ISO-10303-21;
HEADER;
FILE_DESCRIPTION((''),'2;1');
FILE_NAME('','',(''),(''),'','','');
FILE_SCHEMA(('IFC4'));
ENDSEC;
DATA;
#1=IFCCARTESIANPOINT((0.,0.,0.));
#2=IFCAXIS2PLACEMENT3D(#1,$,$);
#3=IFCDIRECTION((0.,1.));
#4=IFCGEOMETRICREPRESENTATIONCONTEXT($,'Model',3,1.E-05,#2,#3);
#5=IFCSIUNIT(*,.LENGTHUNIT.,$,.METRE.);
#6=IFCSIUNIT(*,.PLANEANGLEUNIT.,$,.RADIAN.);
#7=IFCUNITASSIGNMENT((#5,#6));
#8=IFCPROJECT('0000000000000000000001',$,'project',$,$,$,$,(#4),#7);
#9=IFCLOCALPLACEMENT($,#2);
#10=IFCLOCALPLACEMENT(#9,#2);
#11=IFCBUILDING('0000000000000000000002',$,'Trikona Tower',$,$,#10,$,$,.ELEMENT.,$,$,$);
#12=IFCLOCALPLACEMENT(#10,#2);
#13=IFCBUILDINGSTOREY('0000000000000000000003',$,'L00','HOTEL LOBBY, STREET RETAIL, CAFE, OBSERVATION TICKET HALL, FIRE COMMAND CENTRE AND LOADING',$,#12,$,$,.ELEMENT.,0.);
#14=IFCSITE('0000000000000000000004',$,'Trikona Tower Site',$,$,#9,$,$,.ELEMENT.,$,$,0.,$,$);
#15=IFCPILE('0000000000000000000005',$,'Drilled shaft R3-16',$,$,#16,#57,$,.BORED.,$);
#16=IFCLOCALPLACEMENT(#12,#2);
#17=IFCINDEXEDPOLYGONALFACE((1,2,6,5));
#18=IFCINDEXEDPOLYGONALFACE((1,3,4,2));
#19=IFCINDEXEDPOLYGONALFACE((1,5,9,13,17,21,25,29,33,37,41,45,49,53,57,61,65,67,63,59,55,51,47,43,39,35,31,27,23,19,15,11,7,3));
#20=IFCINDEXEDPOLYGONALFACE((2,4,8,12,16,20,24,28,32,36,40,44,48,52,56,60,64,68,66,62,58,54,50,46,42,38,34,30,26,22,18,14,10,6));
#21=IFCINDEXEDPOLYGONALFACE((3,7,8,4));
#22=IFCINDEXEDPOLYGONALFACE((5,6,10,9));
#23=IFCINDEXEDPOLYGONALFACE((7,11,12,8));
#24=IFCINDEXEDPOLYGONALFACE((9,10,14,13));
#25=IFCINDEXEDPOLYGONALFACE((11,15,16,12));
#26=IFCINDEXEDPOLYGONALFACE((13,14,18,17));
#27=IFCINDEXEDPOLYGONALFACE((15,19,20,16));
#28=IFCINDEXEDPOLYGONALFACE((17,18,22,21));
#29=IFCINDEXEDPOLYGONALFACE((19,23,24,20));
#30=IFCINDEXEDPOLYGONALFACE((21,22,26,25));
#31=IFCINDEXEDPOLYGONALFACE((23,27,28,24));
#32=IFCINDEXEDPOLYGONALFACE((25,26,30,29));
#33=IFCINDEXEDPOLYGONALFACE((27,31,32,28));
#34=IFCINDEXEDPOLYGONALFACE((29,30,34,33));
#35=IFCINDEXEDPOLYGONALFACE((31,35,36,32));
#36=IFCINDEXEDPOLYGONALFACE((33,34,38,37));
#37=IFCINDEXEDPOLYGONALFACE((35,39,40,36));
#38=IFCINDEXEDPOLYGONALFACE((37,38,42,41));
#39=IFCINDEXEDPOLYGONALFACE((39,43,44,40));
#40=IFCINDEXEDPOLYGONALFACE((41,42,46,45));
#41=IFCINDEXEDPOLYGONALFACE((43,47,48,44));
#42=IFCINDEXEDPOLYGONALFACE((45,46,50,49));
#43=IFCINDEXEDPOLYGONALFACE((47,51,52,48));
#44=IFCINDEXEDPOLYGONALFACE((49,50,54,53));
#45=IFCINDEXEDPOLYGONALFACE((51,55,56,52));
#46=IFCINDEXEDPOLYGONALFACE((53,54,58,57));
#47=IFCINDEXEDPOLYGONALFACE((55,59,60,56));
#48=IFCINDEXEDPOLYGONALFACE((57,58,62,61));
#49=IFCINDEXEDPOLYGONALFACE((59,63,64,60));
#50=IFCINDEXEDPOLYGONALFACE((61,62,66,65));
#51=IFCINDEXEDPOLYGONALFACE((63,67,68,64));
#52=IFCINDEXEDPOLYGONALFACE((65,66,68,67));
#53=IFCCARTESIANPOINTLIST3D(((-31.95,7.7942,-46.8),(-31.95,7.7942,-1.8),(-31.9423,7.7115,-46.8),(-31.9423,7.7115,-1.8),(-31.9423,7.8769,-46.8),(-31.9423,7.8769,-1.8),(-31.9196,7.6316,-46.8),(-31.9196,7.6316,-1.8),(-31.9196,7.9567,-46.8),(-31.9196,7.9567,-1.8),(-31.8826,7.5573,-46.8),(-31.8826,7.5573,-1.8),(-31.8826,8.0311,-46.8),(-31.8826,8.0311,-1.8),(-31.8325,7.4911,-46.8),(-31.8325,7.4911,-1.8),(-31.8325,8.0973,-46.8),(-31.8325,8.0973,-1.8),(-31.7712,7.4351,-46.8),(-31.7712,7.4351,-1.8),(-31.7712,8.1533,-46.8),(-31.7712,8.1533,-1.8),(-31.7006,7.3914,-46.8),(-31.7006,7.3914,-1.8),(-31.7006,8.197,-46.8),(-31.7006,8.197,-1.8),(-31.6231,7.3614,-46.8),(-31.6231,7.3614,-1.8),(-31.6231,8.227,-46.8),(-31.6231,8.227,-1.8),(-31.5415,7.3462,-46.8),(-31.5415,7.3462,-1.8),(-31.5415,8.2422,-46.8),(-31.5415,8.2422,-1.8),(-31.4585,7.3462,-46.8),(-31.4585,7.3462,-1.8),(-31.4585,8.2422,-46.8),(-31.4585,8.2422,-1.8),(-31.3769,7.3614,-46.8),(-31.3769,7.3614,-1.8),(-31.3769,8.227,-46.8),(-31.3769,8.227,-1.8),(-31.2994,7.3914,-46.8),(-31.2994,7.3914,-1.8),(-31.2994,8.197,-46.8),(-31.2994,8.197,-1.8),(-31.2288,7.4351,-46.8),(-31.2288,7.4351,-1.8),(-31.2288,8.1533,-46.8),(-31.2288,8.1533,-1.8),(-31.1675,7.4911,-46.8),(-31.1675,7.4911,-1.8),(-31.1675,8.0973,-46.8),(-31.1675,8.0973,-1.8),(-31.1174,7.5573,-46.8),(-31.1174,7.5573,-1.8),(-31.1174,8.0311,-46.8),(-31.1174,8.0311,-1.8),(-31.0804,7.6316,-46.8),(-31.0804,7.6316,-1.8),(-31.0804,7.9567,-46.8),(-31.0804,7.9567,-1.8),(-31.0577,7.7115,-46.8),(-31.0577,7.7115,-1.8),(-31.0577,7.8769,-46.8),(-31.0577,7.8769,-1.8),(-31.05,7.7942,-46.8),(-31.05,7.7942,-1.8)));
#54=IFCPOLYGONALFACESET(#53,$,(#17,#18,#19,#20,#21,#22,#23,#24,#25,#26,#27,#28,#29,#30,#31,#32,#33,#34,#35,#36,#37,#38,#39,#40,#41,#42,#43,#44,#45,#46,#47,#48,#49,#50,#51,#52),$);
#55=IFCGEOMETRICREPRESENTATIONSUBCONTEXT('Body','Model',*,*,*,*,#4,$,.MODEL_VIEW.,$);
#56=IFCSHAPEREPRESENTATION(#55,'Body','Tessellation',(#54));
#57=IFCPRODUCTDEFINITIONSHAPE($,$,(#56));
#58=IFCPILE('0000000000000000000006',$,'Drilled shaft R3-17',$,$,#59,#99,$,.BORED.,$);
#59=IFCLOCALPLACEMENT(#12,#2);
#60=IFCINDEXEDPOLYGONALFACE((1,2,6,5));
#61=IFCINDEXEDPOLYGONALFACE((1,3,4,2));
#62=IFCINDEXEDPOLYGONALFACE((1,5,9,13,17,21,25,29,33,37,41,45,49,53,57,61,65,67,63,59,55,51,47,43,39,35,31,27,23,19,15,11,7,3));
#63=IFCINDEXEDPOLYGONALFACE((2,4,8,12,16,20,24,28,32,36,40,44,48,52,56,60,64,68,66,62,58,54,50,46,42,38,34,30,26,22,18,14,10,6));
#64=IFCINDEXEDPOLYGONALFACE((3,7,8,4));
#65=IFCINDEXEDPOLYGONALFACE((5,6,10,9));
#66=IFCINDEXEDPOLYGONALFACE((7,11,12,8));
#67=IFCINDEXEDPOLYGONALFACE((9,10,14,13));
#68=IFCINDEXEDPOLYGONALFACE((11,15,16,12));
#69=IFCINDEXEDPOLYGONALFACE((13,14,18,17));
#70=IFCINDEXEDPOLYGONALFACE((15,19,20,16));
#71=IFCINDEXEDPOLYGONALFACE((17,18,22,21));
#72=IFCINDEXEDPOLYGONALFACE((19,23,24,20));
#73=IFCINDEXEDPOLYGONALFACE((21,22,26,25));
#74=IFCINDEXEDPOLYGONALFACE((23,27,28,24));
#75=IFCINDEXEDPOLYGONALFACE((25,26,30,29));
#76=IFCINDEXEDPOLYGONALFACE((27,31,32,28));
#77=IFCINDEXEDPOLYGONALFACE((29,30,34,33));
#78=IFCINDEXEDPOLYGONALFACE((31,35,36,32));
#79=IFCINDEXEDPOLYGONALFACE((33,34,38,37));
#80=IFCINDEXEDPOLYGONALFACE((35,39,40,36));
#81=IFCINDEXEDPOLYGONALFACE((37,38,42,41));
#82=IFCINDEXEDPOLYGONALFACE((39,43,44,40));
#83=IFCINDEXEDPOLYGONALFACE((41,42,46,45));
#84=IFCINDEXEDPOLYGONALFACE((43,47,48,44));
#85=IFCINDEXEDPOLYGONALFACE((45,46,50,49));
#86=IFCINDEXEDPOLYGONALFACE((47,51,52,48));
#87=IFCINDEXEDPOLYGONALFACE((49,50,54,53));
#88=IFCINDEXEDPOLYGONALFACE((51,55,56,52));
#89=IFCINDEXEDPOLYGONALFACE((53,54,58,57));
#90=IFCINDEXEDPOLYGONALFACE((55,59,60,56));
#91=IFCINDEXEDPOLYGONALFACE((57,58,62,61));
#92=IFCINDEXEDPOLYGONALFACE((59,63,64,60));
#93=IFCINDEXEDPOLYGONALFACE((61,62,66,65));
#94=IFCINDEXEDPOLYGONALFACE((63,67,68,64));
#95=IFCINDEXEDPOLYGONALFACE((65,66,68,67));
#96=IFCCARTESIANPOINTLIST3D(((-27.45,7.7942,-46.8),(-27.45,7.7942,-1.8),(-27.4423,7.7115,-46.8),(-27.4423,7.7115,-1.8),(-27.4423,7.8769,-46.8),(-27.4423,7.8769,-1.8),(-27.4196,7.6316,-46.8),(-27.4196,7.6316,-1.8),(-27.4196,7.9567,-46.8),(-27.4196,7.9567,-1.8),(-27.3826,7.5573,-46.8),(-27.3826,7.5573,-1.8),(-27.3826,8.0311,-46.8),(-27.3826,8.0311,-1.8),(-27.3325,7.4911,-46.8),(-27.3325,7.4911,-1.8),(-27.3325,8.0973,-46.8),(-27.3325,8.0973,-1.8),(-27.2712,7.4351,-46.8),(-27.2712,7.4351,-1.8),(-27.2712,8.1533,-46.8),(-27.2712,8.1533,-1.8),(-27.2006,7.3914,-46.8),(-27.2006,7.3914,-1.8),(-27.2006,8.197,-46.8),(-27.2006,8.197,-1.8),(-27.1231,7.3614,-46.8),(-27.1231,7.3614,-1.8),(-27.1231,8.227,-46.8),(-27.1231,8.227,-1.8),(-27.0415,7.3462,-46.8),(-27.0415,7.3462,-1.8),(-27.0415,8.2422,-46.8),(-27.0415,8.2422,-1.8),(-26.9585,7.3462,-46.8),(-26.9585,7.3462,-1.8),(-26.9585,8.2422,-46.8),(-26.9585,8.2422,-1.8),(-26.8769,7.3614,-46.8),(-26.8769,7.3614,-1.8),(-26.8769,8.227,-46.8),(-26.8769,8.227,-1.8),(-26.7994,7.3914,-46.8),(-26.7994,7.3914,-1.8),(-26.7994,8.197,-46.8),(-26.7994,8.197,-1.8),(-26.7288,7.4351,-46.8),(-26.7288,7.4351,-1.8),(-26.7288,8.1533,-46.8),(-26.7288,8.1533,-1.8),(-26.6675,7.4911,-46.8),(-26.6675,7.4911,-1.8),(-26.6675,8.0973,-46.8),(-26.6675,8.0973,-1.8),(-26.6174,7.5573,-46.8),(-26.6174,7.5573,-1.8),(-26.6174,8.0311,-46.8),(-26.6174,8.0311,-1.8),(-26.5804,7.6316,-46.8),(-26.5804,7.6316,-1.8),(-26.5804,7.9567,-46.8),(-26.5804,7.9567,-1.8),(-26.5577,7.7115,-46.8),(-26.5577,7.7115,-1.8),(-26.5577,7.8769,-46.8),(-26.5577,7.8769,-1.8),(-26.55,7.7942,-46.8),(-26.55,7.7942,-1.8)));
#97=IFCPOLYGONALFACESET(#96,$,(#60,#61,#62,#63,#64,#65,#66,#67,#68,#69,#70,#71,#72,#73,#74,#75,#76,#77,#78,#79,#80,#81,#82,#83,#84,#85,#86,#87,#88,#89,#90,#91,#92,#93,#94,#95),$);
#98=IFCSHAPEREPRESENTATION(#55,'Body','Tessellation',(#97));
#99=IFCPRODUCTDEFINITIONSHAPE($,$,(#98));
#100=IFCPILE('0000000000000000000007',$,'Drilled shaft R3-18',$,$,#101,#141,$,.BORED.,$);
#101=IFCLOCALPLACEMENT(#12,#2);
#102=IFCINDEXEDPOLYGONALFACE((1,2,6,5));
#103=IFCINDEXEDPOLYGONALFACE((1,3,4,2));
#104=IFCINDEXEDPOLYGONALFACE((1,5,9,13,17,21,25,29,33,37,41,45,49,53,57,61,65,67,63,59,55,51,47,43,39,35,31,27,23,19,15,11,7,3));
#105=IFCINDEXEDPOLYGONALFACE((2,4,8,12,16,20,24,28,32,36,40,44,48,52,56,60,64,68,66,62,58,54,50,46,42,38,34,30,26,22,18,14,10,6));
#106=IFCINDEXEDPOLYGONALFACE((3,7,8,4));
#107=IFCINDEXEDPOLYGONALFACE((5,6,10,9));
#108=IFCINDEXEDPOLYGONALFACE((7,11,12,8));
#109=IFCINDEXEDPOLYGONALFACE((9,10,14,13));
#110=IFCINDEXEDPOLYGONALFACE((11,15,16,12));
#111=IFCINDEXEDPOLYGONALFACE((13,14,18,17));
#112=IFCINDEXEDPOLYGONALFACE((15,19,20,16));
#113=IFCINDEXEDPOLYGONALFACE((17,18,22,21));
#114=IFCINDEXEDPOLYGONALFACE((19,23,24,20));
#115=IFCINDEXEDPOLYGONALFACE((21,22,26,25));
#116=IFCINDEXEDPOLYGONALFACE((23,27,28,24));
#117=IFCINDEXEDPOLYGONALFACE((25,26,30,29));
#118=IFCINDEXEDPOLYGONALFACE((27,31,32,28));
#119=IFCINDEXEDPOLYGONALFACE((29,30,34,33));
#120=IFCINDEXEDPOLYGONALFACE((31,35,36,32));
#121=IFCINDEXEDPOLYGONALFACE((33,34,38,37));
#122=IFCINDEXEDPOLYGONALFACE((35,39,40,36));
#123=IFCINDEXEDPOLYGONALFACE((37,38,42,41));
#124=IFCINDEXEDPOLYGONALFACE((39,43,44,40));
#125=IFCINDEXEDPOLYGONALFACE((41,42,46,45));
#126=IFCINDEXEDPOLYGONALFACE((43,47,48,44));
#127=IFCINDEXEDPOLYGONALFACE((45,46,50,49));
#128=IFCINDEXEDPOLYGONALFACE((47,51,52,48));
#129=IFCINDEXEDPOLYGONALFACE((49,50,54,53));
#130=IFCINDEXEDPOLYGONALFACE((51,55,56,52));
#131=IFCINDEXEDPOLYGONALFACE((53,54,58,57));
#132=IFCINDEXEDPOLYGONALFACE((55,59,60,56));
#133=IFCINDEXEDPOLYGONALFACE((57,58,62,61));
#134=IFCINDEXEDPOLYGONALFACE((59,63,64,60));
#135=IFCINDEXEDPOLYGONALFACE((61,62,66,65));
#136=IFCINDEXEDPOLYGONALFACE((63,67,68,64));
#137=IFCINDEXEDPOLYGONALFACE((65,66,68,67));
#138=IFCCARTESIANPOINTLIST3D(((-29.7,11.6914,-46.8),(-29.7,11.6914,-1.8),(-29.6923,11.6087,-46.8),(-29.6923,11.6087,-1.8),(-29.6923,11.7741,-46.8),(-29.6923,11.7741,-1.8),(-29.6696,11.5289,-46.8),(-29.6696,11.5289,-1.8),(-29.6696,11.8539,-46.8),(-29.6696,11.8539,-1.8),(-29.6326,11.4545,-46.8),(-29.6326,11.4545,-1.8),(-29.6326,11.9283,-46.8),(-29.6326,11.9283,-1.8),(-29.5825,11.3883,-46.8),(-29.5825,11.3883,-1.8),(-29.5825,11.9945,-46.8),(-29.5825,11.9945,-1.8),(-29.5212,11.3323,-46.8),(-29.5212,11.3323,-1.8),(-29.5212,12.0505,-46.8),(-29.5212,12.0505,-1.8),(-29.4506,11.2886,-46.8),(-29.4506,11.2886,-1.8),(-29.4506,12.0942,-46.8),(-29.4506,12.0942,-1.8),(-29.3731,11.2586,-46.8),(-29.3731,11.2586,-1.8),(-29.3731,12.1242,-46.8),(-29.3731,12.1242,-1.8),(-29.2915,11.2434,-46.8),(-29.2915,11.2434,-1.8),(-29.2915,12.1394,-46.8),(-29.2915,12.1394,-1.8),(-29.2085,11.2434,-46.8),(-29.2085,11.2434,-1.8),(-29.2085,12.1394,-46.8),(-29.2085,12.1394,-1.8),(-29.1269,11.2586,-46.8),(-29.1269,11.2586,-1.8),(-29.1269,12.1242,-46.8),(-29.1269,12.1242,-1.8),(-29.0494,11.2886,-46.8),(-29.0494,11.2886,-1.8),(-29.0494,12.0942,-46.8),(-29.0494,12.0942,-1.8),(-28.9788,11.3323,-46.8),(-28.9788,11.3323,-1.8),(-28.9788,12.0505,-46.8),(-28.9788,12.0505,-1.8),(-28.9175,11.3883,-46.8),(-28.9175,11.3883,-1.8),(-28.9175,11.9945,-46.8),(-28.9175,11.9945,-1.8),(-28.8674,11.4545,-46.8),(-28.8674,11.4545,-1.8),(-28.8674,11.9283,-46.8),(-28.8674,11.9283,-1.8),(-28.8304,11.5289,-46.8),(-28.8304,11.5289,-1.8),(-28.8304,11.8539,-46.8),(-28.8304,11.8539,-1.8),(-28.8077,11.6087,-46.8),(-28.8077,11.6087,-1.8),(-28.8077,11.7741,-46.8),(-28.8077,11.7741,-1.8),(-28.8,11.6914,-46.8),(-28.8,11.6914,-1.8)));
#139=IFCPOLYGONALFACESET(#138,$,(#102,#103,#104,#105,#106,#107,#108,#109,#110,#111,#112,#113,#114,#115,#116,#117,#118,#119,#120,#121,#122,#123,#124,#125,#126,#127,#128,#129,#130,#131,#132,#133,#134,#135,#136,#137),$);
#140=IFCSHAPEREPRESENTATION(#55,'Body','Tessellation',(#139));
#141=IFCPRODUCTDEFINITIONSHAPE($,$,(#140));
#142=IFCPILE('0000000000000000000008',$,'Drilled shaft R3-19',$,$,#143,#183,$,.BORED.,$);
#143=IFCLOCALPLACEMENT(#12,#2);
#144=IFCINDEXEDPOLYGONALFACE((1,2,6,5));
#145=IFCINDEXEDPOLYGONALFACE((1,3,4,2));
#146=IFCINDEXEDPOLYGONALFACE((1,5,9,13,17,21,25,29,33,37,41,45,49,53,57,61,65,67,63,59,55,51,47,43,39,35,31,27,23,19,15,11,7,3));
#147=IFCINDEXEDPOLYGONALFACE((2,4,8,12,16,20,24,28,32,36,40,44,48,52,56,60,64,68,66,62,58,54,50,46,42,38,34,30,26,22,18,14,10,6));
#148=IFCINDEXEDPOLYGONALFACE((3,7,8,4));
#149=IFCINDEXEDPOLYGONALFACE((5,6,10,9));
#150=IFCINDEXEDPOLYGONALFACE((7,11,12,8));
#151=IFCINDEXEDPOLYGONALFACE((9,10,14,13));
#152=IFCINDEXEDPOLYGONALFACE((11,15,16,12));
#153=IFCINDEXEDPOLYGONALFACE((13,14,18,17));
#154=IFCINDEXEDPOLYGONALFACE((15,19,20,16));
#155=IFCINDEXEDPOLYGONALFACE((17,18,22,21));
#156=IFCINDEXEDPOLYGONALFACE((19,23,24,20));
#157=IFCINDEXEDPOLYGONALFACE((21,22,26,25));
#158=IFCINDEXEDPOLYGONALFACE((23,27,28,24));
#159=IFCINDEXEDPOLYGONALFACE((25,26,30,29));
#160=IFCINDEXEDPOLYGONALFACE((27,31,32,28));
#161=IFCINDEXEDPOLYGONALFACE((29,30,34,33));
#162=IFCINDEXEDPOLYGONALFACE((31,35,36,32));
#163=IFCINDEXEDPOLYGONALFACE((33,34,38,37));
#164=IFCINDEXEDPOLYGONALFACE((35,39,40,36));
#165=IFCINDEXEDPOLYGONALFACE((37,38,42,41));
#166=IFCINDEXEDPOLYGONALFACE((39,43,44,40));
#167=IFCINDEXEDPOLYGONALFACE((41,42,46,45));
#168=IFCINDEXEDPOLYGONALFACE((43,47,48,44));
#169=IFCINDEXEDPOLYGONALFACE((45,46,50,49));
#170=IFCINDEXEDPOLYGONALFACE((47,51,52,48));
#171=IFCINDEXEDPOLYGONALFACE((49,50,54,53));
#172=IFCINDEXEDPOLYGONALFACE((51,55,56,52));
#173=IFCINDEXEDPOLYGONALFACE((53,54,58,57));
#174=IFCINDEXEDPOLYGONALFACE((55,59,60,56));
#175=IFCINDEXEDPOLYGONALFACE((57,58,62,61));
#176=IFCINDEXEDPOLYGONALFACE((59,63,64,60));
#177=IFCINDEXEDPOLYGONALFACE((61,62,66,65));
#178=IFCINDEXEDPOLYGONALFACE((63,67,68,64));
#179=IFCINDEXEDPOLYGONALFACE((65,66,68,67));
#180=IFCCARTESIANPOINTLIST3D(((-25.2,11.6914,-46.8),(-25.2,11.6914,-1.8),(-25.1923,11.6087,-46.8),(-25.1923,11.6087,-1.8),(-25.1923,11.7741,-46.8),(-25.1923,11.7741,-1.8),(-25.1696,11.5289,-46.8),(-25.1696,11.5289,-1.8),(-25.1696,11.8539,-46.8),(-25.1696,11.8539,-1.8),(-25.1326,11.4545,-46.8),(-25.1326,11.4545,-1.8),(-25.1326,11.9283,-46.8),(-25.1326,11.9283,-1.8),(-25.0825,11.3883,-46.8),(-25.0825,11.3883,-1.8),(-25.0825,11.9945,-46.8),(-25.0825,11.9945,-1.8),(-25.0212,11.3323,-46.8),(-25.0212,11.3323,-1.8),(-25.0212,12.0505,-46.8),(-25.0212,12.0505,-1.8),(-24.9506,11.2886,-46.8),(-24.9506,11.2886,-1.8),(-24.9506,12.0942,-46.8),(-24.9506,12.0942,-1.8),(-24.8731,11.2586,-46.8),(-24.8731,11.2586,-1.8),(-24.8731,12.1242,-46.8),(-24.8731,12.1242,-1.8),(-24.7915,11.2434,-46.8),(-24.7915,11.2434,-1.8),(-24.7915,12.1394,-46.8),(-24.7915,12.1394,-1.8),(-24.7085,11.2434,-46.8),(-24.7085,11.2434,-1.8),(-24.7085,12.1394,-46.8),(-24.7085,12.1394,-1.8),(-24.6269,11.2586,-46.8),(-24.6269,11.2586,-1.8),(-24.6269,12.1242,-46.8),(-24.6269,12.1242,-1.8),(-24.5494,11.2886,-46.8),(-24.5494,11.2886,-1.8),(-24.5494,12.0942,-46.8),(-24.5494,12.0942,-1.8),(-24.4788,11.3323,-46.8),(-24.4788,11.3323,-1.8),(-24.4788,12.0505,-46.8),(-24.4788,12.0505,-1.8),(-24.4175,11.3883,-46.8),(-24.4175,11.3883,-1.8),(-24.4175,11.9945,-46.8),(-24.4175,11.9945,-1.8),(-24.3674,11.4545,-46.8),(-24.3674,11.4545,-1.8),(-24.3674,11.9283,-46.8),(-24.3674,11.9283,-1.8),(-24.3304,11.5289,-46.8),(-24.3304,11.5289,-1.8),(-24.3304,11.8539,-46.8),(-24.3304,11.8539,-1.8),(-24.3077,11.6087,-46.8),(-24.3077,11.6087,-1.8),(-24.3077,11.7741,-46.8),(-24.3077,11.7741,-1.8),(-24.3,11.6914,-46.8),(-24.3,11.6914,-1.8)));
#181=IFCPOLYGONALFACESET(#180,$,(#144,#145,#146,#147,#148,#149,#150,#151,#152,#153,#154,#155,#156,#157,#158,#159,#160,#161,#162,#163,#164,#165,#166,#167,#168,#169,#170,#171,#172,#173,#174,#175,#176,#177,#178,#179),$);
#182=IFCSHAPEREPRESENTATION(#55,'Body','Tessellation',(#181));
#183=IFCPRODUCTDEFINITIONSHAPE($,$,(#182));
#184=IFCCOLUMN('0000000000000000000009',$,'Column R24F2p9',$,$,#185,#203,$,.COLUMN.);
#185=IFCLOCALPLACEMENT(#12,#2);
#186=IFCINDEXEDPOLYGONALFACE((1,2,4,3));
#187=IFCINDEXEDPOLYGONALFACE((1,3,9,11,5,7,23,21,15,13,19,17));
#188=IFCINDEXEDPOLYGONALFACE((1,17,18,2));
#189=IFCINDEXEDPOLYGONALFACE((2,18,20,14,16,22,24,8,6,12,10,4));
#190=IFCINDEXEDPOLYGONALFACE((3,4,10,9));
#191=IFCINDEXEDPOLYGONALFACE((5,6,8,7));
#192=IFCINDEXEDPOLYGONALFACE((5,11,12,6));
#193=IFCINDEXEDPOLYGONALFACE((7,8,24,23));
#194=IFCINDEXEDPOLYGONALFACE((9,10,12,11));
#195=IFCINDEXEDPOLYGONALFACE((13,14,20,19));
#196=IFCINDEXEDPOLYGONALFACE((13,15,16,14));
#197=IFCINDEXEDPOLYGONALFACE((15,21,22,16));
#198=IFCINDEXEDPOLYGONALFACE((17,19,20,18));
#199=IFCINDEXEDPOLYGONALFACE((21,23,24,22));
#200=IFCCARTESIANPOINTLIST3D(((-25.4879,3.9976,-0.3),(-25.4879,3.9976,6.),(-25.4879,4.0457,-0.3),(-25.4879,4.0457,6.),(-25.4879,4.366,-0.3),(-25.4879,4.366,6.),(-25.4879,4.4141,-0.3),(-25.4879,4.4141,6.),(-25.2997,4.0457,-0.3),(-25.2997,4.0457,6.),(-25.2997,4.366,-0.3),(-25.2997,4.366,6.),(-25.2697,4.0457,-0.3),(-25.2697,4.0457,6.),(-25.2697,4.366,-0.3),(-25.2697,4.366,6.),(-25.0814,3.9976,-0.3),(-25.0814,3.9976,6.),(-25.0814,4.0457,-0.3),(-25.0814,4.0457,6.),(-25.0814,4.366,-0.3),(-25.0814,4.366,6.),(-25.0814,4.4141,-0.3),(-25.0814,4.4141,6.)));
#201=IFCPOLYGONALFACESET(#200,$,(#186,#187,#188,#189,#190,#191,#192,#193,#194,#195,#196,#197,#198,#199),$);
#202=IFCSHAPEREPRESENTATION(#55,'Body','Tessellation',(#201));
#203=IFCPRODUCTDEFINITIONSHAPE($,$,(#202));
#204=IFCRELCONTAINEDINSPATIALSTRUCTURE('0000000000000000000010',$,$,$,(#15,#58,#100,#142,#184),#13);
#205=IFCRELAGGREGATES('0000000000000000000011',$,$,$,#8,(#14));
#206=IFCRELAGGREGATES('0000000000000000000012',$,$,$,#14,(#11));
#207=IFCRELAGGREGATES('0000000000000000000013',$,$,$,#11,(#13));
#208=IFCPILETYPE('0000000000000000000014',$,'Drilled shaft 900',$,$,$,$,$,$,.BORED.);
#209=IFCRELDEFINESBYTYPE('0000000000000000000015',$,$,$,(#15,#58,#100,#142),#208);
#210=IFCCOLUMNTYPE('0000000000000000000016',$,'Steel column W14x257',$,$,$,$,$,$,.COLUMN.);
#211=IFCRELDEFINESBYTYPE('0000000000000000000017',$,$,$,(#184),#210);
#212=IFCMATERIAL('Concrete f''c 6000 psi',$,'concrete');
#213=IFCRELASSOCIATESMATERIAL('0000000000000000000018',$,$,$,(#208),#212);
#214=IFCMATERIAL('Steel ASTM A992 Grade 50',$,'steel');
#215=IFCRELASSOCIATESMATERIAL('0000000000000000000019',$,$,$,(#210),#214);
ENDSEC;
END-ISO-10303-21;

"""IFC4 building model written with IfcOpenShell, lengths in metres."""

from ifc_helpers import new_model, si_unit, direction, frame, origin, origin_2d, place, context, subcontext, project, spatial, circle, i_section, extrude, material, material_profile, profile_set, type_object, element, save


model = new_model("IFC4")

# Units and contexts
model_context = context("Model", 3, precision=1e-05, world=origin(), true_north=direction((0.0, 1.0)))
body_context = subcontext(model_context, "Body", "Model", "MODEL_VIEW")
ifc_project = project(units=[si_unit("LENGTHUNIT", "METRE"), si_unit("PLANEANGLEUNIT", "RADIAN")], contexts=[model_context])

# Site, building, storey
site_placement = place(None, origin())
site = spatial("IfcSite", under=ifc_project, at=site_placement, Name="Trikona Tower Site", CompositionType="ELEMENT", RefElevation=0.0)
building_placement = place(site_placement, origin())
building = spatial("IfcBuilding", under=site, at=building_placement, Name="Trikona Tower", CompositionType="ELEMENT")
storey_placement = place(building_placement, origin())
storey = spatial("IfcBuildingStorey", under=building, at=storey_placement, Name="L00", Description="HOTEL LOBBY, STREET RETAIL, CAFE, OBSERVATION TICKET HALL, FIRE COMMAND CENTRE AND LOADING", CompositionType="ELEMENT", Elevation=0.0)

# Piles
ifc_material_1 = material(Name="Concrete f'c 6000 psi", Category="concrete")
pile_type = type_object("IfcPileType", Name="Drilled shaft 900", PredefinedType="BORED", material=ifc_material_1)
for number, where, z_axis, x_axis, name in (
    (1, (-31.5, 7.7942, -1.8), (0.0, 0.0, -1.0), (1.0, 0.0, 0.0), "Drilled shaft R3-16"),
    (2, (-27.0, 7.7942, -1.8), (0.0, 0.0, -1.0), (1.0, 0.0, 0.0), "Drilled shaft R3-17"),
    (3, (-29.25, 11.6914, -1.8), (0.0, 0.0, -1.0), (1.0, 0.0, 0.0), "Drilled shaft R3-18"),
    (4, (-24.75, 11.6914, -1.8), (0.0, 0.0, -1.0), (1.0, 0.0, 0.0), "Drilled shaft R3-19"),
):
    element("IfcPile", number, at=place(storey_placement, frame(where, z_axis=z_axis, x_axis=x_axis)), inside=storey, type_object=pile_type, Name=name, PredefinedType="BORED", context=body_context, shape_type="SweptSolid", body=[
        extrude(circle(Radius=0.45, at=origin_2d()), origin(), (0.0, 0.0, 1.0), 45.0),
    ])

# Column
ifc_material_2 = material(Name="Steel ASTM A992 Grade 50", Category="steel")
ifc_material_profile_1 = material_profile(ifc_material_2, i_section(OverallWidth=0.4065, OverallDepth=0.4165, WebThickness=0.03, FlangeThickness=0.0481, at=origin_2d()), Name="W14X257")
ifc_profile_set_1 = profile_set([ifc_material_profile_1], Name="Steel ASTM A992 Grade 50")
column_type = type_object("IfcColumnType", Name="Steel column W14x257", PredefinedType="COLUMN", material=ifc_profile_set_1)
for number, where, z_axis, x_axis, name in (
    (5, (-25.2847, 4.2058, -0.3), (0.0, 0.0, 1.0), (1.0, 0.0, 0.0), "Column R24F2p9"),
):
    element("IfcColumn", number, at=place(storey_placement, frame(where, z_axis=z_axis, x_axis=x_axis)), inside=storey, type_object=column_type, Name=name, PredefinedType="COLUMN", context=body_context, shape_type="SweptSolid", body=[
        extrude(i_section(OverallWidth=0.4065, OverallDepth=0.4165, WebThickness=0.03, FlangeThickness=0.0481, at=origin_2d()), origin(), (0.0, 0.0, 1.0), 6.3),
    ])

save(model, "model.ifc")
